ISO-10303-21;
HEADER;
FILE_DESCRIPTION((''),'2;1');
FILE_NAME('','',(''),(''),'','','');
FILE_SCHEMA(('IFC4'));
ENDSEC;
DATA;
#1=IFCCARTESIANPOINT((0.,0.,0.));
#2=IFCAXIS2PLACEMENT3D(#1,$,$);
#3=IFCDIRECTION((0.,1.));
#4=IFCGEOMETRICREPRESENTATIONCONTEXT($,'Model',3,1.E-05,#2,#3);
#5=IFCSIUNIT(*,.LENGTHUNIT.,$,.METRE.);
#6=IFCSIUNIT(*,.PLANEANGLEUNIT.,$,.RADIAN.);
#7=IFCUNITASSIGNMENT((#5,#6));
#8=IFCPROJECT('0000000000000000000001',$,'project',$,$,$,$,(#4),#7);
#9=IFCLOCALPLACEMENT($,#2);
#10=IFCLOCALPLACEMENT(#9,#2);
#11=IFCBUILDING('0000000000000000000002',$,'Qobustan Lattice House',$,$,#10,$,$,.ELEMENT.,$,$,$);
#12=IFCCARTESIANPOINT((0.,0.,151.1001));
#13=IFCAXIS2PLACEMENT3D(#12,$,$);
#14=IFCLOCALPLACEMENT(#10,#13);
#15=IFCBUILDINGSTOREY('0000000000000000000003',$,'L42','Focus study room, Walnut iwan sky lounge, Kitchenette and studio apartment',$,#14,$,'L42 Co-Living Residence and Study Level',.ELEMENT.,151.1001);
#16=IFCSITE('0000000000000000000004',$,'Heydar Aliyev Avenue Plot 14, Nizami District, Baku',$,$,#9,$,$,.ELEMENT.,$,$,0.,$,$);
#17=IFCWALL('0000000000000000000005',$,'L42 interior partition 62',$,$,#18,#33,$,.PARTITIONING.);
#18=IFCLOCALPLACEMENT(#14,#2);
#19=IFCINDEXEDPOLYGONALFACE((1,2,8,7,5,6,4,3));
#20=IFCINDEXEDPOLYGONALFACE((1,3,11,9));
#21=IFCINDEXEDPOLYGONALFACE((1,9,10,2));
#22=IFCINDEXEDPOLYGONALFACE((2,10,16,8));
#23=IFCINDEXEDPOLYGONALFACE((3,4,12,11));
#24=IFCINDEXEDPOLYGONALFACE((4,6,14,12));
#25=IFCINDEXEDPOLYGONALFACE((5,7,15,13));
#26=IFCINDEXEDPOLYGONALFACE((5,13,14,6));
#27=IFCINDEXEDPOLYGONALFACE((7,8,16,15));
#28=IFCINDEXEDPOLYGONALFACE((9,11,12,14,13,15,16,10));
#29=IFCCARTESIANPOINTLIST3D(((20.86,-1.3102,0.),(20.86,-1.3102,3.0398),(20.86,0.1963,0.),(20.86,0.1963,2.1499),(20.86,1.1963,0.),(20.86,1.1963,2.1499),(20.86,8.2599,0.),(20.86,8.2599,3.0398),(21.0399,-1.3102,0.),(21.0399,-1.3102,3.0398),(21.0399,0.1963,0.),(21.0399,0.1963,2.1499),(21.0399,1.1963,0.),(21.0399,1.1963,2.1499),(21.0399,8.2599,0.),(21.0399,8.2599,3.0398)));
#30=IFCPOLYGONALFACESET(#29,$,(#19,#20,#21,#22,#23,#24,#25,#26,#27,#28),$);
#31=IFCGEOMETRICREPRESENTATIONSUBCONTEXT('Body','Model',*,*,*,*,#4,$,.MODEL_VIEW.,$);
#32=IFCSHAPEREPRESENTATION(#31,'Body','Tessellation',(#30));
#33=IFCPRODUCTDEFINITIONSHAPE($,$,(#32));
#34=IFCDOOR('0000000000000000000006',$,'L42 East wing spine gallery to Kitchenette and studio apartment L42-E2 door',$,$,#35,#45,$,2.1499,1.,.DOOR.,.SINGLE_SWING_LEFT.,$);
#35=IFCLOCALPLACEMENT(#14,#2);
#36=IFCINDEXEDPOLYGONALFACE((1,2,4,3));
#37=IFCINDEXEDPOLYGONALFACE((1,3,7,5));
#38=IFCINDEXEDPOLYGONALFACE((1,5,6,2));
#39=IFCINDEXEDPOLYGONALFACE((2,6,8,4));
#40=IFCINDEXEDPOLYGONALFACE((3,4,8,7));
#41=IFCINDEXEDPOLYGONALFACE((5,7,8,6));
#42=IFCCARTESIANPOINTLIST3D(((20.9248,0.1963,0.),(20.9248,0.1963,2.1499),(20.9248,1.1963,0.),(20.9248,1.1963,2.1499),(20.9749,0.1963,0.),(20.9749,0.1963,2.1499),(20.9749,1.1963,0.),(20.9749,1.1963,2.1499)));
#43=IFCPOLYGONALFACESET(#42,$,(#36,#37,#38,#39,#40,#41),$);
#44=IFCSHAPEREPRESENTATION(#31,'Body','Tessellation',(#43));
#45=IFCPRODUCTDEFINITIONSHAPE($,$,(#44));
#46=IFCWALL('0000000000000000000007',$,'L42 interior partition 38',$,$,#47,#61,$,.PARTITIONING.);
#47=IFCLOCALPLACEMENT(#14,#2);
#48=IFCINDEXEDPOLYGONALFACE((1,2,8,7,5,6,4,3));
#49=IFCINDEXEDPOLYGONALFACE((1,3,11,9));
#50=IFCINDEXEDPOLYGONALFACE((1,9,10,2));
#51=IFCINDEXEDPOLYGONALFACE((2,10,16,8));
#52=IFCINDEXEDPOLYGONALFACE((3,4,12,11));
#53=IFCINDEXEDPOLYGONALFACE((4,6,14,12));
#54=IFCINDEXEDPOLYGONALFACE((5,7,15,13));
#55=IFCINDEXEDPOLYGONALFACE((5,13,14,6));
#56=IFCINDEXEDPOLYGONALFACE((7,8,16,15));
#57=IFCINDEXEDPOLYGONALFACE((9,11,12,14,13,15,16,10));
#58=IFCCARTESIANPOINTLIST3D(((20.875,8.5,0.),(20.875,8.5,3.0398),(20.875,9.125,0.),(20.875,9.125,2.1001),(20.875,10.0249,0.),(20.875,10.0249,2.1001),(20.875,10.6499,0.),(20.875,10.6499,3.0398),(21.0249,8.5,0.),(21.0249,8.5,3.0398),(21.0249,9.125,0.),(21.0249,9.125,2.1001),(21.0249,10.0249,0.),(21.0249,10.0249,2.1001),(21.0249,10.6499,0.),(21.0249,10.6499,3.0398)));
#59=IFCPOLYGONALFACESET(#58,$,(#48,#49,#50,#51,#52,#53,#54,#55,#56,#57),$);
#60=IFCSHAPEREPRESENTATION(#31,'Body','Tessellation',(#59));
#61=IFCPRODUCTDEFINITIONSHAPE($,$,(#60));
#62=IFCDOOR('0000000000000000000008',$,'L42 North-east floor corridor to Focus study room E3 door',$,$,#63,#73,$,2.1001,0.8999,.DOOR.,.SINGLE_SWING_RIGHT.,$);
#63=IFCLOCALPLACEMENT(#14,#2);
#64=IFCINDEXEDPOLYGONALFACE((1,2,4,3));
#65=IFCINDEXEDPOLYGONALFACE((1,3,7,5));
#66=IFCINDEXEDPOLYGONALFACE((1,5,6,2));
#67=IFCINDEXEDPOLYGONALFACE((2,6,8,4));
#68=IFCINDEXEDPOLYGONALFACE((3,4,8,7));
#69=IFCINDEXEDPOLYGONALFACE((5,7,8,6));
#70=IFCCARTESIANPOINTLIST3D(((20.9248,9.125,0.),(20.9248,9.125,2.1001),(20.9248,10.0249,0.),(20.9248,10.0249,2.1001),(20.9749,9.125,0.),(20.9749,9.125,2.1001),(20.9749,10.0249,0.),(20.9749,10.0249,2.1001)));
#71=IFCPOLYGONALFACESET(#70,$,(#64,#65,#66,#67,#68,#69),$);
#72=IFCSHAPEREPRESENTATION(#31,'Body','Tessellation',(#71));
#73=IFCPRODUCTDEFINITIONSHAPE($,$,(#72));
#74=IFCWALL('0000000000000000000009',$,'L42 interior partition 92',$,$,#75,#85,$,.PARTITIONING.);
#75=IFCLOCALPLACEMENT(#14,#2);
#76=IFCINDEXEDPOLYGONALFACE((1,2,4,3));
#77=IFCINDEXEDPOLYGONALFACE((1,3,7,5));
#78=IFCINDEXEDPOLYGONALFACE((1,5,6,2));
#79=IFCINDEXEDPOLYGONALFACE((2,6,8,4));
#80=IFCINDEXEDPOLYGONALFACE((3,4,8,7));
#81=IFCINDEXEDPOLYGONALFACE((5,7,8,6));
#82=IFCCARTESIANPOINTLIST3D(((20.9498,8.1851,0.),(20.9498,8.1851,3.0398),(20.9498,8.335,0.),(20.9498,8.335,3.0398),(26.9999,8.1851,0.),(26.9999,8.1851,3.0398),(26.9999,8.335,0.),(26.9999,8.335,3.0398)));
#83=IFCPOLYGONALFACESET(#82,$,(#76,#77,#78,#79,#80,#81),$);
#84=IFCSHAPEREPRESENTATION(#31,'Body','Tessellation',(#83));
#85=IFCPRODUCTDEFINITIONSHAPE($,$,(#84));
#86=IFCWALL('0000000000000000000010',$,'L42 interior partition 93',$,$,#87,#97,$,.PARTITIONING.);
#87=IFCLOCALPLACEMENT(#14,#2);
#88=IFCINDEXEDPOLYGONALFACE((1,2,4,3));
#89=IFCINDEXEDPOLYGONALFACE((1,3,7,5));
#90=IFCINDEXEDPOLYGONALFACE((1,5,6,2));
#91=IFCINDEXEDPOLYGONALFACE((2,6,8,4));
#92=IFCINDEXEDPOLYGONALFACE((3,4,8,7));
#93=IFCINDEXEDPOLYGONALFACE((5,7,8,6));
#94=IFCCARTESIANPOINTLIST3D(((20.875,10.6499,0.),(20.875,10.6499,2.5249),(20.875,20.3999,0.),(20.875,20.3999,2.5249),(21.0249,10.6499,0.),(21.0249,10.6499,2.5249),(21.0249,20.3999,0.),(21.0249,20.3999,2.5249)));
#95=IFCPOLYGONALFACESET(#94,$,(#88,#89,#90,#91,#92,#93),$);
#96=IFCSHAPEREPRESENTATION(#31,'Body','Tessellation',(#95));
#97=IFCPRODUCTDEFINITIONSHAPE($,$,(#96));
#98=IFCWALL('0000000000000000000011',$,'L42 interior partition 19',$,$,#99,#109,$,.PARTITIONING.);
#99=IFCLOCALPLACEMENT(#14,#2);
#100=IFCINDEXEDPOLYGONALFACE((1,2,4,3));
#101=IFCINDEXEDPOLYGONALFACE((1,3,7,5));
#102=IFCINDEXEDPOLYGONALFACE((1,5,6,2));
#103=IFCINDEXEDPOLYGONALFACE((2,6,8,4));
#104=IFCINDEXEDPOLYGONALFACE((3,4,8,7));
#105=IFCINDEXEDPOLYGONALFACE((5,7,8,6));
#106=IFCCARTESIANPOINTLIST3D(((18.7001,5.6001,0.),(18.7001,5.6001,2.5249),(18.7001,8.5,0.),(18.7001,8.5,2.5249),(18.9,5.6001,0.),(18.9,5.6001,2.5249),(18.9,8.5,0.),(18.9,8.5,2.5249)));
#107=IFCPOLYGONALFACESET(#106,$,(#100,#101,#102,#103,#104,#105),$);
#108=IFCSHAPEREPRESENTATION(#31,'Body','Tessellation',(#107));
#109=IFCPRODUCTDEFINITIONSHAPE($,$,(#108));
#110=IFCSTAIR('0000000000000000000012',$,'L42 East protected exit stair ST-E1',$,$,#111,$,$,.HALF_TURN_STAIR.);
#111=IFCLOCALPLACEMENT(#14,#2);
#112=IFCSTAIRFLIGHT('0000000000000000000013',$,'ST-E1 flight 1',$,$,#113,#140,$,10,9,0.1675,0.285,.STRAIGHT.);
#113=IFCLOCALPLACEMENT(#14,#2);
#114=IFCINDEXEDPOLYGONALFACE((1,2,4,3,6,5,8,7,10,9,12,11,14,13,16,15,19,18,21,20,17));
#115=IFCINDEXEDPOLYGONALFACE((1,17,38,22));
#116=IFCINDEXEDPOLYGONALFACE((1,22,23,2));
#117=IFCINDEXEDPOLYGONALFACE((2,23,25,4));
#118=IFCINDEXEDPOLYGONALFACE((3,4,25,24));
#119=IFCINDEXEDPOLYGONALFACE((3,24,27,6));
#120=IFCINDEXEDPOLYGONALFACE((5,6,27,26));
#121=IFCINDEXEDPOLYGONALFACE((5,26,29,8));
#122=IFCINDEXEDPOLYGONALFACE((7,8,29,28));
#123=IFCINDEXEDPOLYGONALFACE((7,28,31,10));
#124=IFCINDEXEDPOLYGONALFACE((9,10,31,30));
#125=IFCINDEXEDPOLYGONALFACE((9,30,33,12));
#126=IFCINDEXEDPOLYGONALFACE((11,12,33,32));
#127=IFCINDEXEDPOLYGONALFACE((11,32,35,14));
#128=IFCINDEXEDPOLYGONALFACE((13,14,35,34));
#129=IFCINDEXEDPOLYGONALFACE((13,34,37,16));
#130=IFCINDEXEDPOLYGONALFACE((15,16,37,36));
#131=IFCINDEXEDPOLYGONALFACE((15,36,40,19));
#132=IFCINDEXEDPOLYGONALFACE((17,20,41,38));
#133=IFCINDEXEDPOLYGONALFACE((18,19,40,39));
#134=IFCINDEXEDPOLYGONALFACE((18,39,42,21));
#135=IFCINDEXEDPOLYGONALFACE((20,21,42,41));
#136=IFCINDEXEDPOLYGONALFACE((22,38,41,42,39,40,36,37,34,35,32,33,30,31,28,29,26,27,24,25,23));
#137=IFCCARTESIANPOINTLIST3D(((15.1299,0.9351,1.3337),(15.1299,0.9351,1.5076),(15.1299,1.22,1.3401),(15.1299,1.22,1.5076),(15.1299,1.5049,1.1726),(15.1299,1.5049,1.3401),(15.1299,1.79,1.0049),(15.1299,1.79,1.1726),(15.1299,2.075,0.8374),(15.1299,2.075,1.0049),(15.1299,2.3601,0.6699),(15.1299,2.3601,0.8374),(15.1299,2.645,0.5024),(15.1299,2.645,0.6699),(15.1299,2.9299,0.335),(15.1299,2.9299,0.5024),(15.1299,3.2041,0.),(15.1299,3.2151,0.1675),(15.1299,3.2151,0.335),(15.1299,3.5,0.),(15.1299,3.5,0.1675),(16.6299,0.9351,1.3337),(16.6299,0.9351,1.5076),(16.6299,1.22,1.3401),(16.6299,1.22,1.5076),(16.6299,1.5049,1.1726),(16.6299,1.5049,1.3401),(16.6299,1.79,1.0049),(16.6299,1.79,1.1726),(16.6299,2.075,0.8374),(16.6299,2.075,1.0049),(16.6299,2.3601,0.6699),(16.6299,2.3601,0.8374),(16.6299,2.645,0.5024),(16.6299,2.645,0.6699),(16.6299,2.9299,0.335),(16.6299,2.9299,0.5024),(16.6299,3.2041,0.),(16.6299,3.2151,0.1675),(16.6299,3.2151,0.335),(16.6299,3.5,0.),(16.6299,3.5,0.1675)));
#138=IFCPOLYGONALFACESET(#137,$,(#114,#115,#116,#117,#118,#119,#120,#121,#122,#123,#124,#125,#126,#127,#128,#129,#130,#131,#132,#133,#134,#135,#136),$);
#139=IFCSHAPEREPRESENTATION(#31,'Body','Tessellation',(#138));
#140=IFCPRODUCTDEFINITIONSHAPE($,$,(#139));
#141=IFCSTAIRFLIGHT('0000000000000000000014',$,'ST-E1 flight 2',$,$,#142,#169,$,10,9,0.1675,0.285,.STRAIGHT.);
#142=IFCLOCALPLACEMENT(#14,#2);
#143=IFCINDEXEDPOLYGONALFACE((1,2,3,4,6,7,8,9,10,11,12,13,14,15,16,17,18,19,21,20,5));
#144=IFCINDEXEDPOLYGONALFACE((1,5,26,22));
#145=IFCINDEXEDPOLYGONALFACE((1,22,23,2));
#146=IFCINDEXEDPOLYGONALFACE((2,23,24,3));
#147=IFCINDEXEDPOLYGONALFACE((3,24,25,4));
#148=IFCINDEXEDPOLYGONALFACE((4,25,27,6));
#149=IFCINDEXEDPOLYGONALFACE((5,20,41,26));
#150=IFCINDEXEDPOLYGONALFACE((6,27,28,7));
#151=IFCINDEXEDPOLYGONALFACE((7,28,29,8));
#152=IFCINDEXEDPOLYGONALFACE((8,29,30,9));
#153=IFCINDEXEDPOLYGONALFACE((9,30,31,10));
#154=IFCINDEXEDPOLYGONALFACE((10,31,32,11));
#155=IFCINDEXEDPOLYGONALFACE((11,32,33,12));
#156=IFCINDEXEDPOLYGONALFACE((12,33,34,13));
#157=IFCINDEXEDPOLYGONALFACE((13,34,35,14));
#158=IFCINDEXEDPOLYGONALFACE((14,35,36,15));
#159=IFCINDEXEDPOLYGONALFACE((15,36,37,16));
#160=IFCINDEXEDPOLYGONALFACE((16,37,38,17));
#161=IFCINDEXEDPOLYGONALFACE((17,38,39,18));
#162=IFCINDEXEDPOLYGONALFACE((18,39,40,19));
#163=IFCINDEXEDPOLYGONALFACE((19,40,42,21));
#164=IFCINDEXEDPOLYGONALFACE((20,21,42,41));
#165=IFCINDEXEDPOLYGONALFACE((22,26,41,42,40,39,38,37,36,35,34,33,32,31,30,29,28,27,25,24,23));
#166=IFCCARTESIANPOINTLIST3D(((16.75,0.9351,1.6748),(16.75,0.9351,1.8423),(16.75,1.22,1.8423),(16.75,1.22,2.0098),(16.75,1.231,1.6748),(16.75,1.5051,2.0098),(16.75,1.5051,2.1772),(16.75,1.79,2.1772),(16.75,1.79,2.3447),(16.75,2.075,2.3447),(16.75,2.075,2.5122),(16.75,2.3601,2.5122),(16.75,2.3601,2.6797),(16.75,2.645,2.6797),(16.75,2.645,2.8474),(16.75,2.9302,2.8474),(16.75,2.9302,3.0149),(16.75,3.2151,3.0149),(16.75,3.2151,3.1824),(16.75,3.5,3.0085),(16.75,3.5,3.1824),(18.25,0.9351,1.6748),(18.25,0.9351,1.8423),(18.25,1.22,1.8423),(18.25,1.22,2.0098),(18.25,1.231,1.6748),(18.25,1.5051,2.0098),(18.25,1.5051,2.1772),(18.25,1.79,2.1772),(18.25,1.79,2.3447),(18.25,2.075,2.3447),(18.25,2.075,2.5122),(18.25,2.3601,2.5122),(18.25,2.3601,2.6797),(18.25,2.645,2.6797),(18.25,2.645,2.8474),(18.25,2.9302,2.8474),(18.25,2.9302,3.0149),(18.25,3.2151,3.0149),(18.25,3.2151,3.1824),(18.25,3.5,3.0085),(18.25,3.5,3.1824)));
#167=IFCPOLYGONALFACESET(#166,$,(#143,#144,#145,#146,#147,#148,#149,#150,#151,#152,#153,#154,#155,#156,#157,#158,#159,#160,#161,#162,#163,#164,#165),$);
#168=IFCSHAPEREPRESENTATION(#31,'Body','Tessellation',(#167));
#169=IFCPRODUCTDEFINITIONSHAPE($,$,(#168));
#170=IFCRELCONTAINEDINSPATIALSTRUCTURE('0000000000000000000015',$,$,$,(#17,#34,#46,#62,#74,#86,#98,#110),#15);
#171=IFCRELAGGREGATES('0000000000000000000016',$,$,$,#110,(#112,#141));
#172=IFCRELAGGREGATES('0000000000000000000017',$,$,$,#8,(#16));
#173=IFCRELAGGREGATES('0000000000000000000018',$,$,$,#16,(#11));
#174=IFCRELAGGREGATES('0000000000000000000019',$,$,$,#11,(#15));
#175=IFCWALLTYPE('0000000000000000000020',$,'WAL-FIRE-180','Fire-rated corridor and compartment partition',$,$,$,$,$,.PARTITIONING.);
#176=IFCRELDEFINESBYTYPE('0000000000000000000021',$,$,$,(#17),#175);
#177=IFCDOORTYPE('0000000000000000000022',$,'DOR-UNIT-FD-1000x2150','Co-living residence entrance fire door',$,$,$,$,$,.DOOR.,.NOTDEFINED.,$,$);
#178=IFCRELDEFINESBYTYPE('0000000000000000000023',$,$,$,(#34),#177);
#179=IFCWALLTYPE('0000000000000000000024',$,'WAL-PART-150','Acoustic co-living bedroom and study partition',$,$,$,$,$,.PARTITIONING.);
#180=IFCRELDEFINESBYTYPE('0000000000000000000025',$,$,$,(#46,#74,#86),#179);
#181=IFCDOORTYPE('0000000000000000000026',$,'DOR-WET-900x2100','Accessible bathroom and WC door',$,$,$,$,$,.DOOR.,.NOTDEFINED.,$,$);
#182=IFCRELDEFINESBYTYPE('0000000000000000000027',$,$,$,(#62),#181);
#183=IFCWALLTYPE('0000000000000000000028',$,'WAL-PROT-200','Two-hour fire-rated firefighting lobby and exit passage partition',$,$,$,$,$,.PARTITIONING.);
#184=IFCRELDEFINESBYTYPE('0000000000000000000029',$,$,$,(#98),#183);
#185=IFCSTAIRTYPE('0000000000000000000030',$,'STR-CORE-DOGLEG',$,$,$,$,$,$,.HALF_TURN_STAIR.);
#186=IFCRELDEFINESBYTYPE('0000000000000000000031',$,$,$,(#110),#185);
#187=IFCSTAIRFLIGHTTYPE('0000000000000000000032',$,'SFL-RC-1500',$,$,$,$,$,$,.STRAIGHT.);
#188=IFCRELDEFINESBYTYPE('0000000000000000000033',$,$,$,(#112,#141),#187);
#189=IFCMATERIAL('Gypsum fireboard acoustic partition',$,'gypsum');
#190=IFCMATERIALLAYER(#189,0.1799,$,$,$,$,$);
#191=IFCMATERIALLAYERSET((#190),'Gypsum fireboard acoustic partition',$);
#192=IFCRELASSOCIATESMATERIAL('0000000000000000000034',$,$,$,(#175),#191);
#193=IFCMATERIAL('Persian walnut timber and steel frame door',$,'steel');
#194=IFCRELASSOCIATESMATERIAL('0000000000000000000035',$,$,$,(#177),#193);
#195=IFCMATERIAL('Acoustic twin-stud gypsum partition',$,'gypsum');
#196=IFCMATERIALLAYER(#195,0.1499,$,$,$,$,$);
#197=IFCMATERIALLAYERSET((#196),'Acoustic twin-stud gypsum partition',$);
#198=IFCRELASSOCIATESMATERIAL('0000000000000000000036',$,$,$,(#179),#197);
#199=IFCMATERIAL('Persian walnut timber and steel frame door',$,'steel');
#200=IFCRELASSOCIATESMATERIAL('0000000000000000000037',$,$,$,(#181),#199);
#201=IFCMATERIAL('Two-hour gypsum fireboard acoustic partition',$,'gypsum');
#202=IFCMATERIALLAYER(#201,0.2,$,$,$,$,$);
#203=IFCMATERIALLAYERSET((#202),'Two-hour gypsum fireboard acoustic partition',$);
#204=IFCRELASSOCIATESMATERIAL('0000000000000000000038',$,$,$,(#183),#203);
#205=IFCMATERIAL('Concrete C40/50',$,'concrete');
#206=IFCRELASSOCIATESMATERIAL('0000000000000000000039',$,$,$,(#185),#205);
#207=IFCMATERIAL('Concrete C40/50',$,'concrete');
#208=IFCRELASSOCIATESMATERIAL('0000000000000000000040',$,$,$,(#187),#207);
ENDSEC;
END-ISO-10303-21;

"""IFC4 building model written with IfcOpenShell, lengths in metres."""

from ifc_helpers import new_model, si_unit, direction, frame, frame_2d, origin, place, context, subcontext, project, spatial, polyline, rectangle, outline, extrude, material, layer, layer_set, type_object, element, fill, aggregate, save


model = new_model("IFC4")

# Units and contexts
model_context = context("Model", 3, precision=1e-05, world=origin(), true_north=direction((0.0, 1.0)))
body_context = subcontext(model_context, "Body", "Model", "MODEL_VIEW")
ifc_project = project(units=[si_unit("LENGTHUNIT", "METRE"), si_unit("PLANEANGLEUNIT", "RADIAN")], contexts=[model_context])

# Site, building, storey
site_placement = place(None, origin())
site = spatial("IfcSite", under=ifc_project, at=site_placement, Name="Heydar Aliyev Avenue Plot 14, Nizami District, Baku", CompositionType="ELEMENT", RefElevation=0.0)
building_placement = place(site_placement, origin())
building = spatial("IfcBuilding", under=site, at=building_placement, Name="Qobustan Lattice House", CompositionType="ELEMENT")
storey_placement = place(building_placement, frame((0.0, 0.0, 151.1001)))
storey = spatial("IfcBuildingStorey", under=building, at=storey_placement, Name="L42", Description="Focus study room, Walnut iwan sky lounge, Kitchenette and studio apartment", LongName="L42 Co-Living Residence and Study Level", CompositionType="ELEMENT", Elevation=151.1001)

# Walls, openings, doors
ifc_material_1 = material(Name="Gypsum fireboard acoustic partition", Category="gypsum")
ifc_layer_1 = layer(ifc_material_1, 0.1799)
ifc_layer_set_1 = layer_set([ifc_layer_1], Name="Gypsum fireboard acoustic partition")
wall_type_1 = type_object("IfcWallType", Name="WAL-FIRE-180", Description="Fire-rated corridor and compartment partition", PredefinedType="PARTITIONING", material=ifc_layer_set_1)
wall_1_placement = place(storey_placement, frame((20.95, 8.26, 0.0), z_axis=(0.0, 0.0, 1.0), x_axis=(0.0, -1.0, 0.0)))
wall_1 = element("IfcWall", 1, at=wall_1_placement, inside=storey, type_object=wall_type_1, Name="L42 interior partition 62", PredefinedType="PARTITIONING", context=body_context, shape_type="SweptSolid", body=[
    extrude(rectangle(XDim=9.5701, YDim=0.1799, at=frame_2d((4.7852, 0.0))), origin(), (0.0, 0.0, 1.0), 3.0398),
])
opening_1_placement = place(wall_1_placement, frame((7.0637, 0.0, 0.0)))
opening_1 = element("IfcOpeningElement", 2, at=opening_1_placement, cuts=wall_1, PredefinedType="OPENING", context=body_context, shape_type="SweptSolid", body=[
    extrude(rectangle(XDim=1.0, YDim=2.1499, at=frame_2d((0.5, 1.075))), frame((0.0, 0.0999, 0.0), z_axis=(0.0, -1.0, 0.0), x_axis=(1.0, 0.0, 0.0)), (0.0, 0.0, 1.0), 0.2),
])
ifc_material_2 = material(Name="Persian walnut timber and steel frame door", Category="steel")
door_type_1 = type_object("IfcDoorType", Name="DOR-UNIT-FD-1000x2150", Description="Co-living residence entrance fire door", OperationType="NOTDEFINED", PredefinedType="DOOR", material=ifc_material_2)
door_1_placement = place(opening_1_placement, origin())
door_1 = element("IfcDoor", 3, at=door_1_placement, inside=storey, type_object=door_type_1, Name="L42 East wing spine gallery to Kitchenette and studio apartment L42-E2 door", OperationType="SINGLE_SWING_LEFT", OverallHeight=2.1499, OverallWidth=1.0, PredefinedType="DOOR", context=body_context, shape_type="SweptSolid", body=[
    extrude(rectangle(XDim=1.0, YDim=2.1499, at=frame_2d((0.5, 1.075))), frame((0.0, 0.0249, 0.0), z_axis=(0.0, -1.0, 0.0), x_axis=(1.0, 0.0, 0.0)), (0.0, 0.0, 1.0), 0.05),
])
fill(opening_1, door_1)
ifc_material_3 = material(Name="Acoustic twin-stud gypsum partition", Category="gypsum")
ifc_layer_2 = layer(ifc_material_3, 0.1499)
ifc_layer_set_2 = layer_set([ifc_layer_2], Name="Acoustic twin-stud gypsum partition")
wall_type_2 = type_object("IfcWallType", Name="WAL-PART-150", Description="Acoustic co-living bedroom and study partition", PredefinedType="PARTITIONING", material=ifc_layer_set_2)
wall_2_placement = place(storey_placement, frame((20.95, 10.6499, 0.0), z_axis=(0.0, 0.0, 1.0), x_axis=(0.0, -1.0, 0.0)))
wall_2 = element("IfcWall", 4, at=wall_2_placement, inside=storey, type_object=wall_type_2, Name="L42 interior partition 38", PredefinedType="PARTITIONING", context=body_context, shape_type="SweptSolid", body=[
    extrude(rectangle(XDim=2.1499, YDim=0.1499, at=frame_2d((1.075, 0.0))), origin(), (0.0, 0.0, 1.0), 3.0398),
])
opening_2_placement = place(wall_2_placement, frame((0.625, 0.0, 0.0)))
opening_2 = element("IfcOpeningElement", 5, at=opening_2_placement, cuts=wall_2, PredefinedType="OPENING", context=body_context, shape_type="SweptSolid", body=[
    extrude(rectangle(XDim=0.8999, YDim=2.1001, at=frame_2d((0.45, 1.05))), frame((0.0, 0.085, 0.0), z_axis=(0.0, -1.0, 0.0), x_axis=(1.0, 0.0, 0.0)), (0.0, 0.0, 1.0), 0.1699),
])
ifc_material_4 = material(Name="Persian walnut timber and steel frame door", Category="steel")
door_type_2 = type_object("IfcDoorType", Name="DOR-WET-900x2100", Description="Accessible bathroom and WC door", OperationType="NOTDEFINED", PredefinedType="DOOR", material=ifc_material_4)
door_2_placement = place(opening_2_placement, origin())
door_2 = element("IfcDoor", 6, at=door_2_placement, inside=storey, type_object=door_type_2, Name="L42 North-east floor corridor to Focus study room E3 door", OperationType="SINGLE_SWING_RIGHT", OverallHeight=2.1001, OverallWidth=0.8999, PredefinedType="DOOR", context=body_context, shape_type="SweptSolid", body=[
    extrude(rectangle(XDim=0.8999, YDim=2.1001, at=frame_2d((0.45, 1.05))), frame((0.0, 0.0249, 0.0), z_axis=(0.0, -1.0, 0.0), x_axis=(1.0, 0.0, 0.0)), (0.0, 0.0, 1.0), 0.05),
])
fill(opening_2, door_2)

# Walls
wall_3_placement = place(storey_placement, frame((20.95, 8.26, 0.0), z_axis=(0.0, 0.0, 1.0), x_axis=(1.0, 0.0, 0.0)))
element("IfcWall", 7, at=wall_3_placement, inside=storey, type_object=wall_type_2, Name="L42 interior partition 92", PredefinedType="PARTITIONING", context=body_context, shape_type="SweptSolid", body=[
    extrude(rectangle(XDim=6.05, YDim=0.1499, at=frame_2d((3.0249, 0.0))), origin(), (0.0, 0.0, 1.0), 3.0398),
])
wall_4_placement = place(storey_placement, frame((20.95, 10.6499, 0.0), z_axis=(0.0, 0.0, 1.0), x_axis=(0.0, 1.0, 0.0)))
element("IfcWall", 8, at=wall_4_placement, inside=storey, type_object=wall_type_2, Name="L42 interior partition 93", PredefinedType="PARTITIONING", context=body_context, shape_type="SweptSolid", body=[
    extrude(rectangle(XDim=9.75, YDim=0.1499, at=frame_2d((4.875, 0.0))), origin(), (0.0, 0.0, 1.0), 2.5249),
])

# Shared definitions
ifc_material_5 = material(Name="Two-hour gypsum fireboard acoustic partition", Category="gypsum")
ifc_layer_3 = layer(ifc_material_5, 0.2)
ifc_layer_set_3 = layer_set([ifc_layer_3], Name="Two-hour gypsum fireboard acoustic partition")
wall_type_3 = type_object("IfcWallType", Name="WAL-PROT-200", Description="Two-hour fire-rated firefighting lobby and exit passage partition", PredefinedType="PARTITIONING", material=ifc_layer_set_3)

# Wall
wall_5_placement = place(storey_placement, frame((18.8, 5.6001, 0.0), z_axis=(0.0, 0.0, 1.0), x_axis=(0.0, 1.0, 0.0)))
element("IfcWall", 9, at=wall_5_placement, inside=storey, type_object=wall_type_3, Name="L42 interior partition 19", PredefinedType="PARTITIONING", context=body_context, shape_type="SweptSolid", body=[
    extrude(rectangle(XDim=2.8999, YDim=0.2, at=frame_2d((1.45, 0.0))), origin(), (0.0, 0.0, 1.0), 2.5249),
])

# Stair, stair flights
ifc_material_6 = material(Name="Concrete C40/50", Category="concrete")
stair_type = type_object("IfcStairType", Name="STR-CORE-DOGLEG", PredefinedType="HALF_TURN_STAIR", material=ifc_material_6)
stair_placement = place(storey_placement, origin())
stair = element("IfcStair", 10, at=stair_placement, inside=storey, type_object=stair_type, Name="L42 East protected exit stair ST-E1", PredefinedType="HALF_TURN_STAIR")
ifc_material_7 = material(Name="Concrete C40/50", Category="concrete")
stair_flight_type = type_object("IfcStairFlightType", Name="SFL-RC-1500", PredefinedType="STRAIGHT", material=ifc_material_7)
stair_flight_1_placement = place(storey_placement, frame((15.8799, 3.5, 0.0), z_axis=(0.0, 0.0, 1.0), x_axis=(0.0, -1.0, 0.0)))
stair_flight_1 = element("IfcStairFlight", 11, at=stair_flight_1_placement, type_object=stair_flight_type, Name="ST-E1 flight 1", NumberOfRisers=10, NumberOfTreads=9, PredefinedType="STRAIGHT", RiserHeight=0.1675, TreadLength=0.285, context=body_context, shape_type="SweptSolid", body=[
    extrude(outline(polyline([(0.0, 0.0), (0.0, 0.1675), (0.2849, 0.1675), (0.2849, 0.335), (0.5701, 0.335), (0.5701, 0.5024), (0.855, 0.5024), (0.855, 0.6699), (1.1399, 0.6699), (1.1399, 0.8374), (1.425, 0.8374), (1.425, 1.0049), (1.71, 1.0049), (1.71, 1.1726), (1.9951, 1.1726), (1.9951, 1.3401), (2.28, 1.3401), (2.28, 1.5076), (2.5649, 1.5076), (2.5649, 1.675), (2.5649, 1.3337), (0.2959, 0.0), (0.0, 0.0)])), frame((0.0, 0.75, 0.0), z_axis=(0.0, -1.0, 0.0), x_axis=(1.0, 0.0, 0.0)), (0.0, 0.0, 1.0), 1.5),
])
stair_flight_2_placement = place(storey_placement, frame((17.5, 0.9351, 1.6748), z_axis=(0.0, 0.0, 1.0), x_axis=(0.0, 1.0, 0.0)))
stair_flight_2 = element("IfcStairFlight", 12, at=stair_flight_2_placement, type_object=stair_flight_type, Name="ST-E1 flight 2", NumberOfRisers=10, NumberOfTreads=9, PredefinedType="STRAIGHT", RiserHeight=0.1675, TreadLength=0.285, context=body_context, shape_type="SweptSolid", body=[
    extrude(outline(polyline([(0.0, 0.0), (0.0, 0.1675), (0.2849, 0.1675), (0.2849, 0.335), (0.5701, 0.335), (0.5701, 0.5024), (0.855, 0.5024), (0.855, 0.6699), (1.1399, 0.6699), (1.1399, 0.8374), (1.425, 0.8374), (1.425, 1.0049), (1.71, 1.0049), (1.71, 1.1726), (1.9951, 1.1726), (1.9951, 1.3401), (2.28, 1.3401), (2.28, 1.5076), (2.5649, 1.5076), (2.5649, 1.675), (2.5649, 1.3337), (0.2959, 0.0), (0.0, 0.0)])), frame((0.0, 0.75, 0.0), z_axis=(0.0, -1.0, 0.0), x_axis=(1.0, 0.0, 0.0)), (0.0, 0.0, 1.0), 1.5),
])
aggregate(stair, [stair_flight_1, stair_flight_2])

save(model, "model.ifc")
